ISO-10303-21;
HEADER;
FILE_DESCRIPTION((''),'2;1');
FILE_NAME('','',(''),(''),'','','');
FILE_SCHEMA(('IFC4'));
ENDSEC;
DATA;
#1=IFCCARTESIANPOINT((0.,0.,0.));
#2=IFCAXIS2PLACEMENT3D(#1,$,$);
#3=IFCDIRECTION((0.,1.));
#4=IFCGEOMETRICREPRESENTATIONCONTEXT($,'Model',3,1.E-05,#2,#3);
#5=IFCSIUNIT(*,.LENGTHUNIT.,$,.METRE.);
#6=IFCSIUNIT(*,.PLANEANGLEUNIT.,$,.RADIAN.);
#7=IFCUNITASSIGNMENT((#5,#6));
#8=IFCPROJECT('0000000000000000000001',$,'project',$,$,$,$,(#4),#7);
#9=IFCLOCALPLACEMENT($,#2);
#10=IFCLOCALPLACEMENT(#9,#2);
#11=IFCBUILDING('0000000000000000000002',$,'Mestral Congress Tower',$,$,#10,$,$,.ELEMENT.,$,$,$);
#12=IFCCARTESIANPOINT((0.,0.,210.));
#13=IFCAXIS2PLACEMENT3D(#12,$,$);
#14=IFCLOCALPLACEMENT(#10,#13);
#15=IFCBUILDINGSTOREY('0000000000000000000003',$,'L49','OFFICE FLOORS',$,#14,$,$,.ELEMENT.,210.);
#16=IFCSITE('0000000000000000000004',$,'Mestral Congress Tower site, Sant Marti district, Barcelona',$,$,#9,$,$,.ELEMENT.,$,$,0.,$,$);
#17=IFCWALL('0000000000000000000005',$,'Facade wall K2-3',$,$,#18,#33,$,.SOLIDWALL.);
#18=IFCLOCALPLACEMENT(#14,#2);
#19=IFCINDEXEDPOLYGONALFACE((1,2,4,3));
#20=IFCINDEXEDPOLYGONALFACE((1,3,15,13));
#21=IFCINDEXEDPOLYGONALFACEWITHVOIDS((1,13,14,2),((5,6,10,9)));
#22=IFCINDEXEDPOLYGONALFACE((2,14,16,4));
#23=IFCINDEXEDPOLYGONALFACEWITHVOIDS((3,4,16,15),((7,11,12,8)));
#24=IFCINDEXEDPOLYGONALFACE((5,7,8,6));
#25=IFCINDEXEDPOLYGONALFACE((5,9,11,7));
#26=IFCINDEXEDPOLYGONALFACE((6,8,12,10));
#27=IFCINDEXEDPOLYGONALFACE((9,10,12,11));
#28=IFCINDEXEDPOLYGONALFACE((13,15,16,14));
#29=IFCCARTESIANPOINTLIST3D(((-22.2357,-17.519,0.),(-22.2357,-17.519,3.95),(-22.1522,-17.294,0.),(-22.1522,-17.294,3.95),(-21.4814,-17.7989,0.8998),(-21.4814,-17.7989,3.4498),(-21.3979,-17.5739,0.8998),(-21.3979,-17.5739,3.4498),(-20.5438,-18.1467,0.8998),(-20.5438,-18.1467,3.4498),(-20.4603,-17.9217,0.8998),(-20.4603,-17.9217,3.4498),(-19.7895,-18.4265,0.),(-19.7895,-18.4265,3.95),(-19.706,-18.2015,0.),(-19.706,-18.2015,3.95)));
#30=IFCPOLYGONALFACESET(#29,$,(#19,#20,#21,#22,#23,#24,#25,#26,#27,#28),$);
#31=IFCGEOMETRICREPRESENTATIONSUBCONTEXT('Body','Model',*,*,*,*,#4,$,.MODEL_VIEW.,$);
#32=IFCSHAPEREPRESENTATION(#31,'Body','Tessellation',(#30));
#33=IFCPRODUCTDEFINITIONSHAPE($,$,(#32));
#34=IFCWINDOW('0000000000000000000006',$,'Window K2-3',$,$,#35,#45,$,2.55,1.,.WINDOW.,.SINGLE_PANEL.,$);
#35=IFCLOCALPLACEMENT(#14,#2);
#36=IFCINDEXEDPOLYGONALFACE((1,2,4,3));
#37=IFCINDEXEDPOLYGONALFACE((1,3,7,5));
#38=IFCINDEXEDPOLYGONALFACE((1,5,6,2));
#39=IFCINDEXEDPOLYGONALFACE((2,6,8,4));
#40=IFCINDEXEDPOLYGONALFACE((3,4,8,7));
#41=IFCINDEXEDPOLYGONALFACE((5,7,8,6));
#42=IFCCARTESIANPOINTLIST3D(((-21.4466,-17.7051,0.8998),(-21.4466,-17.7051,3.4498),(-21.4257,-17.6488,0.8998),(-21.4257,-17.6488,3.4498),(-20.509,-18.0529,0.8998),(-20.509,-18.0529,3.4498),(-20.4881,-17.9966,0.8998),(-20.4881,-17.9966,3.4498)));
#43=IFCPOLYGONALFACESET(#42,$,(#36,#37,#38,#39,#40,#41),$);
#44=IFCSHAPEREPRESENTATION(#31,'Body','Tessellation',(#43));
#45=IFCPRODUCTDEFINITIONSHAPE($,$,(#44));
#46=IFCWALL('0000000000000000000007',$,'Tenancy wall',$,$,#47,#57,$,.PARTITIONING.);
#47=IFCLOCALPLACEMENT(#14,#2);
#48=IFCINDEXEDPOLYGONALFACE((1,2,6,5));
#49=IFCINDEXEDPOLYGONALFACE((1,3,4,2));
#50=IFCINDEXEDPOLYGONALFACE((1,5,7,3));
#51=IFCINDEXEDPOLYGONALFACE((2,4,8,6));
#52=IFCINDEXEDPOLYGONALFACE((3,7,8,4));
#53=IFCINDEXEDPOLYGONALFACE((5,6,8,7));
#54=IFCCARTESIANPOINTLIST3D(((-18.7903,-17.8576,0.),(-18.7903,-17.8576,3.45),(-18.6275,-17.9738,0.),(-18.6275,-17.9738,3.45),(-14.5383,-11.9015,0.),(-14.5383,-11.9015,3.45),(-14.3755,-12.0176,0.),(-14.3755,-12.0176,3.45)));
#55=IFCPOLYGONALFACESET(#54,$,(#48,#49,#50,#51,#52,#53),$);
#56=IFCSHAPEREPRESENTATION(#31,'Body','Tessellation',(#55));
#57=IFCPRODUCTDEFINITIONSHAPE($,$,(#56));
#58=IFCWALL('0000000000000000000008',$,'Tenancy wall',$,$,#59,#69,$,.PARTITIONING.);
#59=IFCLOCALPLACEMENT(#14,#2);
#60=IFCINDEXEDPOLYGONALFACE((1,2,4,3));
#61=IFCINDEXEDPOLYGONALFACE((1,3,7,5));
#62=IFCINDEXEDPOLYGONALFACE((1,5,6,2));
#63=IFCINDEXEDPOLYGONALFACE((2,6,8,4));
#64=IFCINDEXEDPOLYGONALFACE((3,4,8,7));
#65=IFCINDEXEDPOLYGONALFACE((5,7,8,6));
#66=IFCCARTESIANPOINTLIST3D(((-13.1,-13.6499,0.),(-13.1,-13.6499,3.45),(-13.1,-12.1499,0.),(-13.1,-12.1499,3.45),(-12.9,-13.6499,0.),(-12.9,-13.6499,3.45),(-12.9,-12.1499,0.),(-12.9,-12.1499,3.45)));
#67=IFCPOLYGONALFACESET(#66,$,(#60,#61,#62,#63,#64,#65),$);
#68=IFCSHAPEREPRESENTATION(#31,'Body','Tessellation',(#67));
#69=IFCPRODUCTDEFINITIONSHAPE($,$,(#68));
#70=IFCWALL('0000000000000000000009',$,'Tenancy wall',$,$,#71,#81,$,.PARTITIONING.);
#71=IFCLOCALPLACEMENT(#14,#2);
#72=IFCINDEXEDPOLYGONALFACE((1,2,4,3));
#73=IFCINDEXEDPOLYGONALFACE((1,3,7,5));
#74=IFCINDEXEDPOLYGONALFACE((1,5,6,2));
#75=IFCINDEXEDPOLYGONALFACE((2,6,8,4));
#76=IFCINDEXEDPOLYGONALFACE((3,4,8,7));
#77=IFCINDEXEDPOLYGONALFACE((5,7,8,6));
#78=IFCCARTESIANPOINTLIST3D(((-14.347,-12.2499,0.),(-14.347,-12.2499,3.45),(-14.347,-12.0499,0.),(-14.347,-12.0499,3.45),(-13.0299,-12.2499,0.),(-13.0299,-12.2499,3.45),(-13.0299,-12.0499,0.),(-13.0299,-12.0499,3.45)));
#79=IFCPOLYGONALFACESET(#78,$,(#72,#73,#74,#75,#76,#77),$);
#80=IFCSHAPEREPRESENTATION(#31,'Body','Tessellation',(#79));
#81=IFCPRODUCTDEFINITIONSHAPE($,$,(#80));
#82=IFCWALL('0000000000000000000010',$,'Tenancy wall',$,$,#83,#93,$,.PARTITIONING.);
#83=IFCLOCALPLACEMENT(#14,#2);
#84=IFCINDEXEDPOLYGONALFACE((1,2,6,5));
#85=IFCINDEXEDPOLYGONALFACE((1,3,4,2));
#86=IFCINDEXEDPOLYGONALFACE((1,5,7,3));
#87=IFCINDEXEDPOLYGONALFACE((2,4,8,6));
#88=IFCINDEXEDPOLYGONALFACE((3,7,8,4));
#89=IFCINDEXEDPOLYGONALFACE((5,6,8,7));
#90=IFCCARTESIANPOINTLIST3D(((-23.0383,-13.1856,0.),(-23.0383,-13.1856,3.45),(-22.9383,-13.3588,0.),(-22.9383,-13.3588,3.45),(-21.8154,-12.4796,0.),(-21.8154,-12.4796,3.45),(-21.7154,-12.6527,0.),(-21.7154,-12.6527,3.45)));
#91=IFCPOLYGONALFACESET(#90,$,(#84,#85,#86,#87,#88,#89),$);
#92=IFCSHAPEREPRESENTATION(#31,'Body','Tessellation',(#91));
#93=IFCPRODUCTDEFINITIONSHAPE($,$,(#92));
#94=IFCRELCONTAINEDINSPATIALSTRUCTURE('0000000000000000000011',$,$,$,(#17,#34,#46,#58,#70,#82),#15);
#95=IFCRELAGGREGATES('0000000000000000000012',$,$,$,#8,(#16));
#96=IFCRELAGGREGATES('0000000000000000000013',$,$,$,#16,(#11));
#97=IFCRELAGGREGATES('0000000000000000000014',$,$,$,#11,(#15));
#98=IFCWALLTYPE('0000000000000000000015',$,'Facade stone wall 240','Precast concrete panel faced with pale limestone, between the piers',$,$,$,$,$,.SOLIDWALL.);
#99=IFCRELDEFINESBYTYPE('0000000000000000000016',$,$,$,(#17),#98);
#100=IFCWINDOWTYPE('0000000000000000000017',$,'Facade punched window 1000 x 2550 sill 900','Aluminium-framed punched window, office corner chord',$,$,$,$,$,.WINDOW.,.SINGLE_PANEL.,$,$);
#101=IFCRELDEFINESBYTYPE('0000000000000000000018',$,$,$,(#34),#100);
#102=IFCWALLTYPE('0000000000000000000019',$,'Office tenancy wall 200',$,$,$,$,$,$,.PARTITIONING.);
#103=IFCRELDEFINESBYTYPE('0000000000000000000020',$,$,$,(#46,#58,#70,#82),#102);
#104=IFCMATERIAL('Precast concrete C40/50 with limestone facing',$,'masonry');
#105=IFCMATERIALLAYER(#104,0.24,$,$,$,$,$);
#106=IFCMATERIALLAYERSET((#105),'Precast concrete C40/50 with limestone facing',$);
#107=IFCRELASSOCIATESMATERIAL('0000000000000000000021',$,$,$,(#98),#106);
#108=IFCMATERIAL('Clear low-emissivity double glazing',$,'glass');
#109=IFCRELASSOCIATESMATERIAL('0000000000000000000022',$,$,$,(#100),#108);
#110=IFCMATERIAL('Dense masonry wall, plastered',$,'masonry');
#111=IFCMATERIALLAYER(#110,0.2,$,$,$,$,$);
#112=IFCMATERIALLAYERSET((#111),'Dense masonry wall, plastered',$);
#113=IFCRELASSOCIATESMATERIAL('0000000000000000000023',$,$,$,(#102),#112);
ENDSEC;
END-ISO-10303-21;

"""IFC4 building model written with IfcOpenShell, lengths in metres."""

from ifc_helpers import new_model, si_unit, direction, frame, frame_2d, origin, place, context, subcontext, project, spatial, rectangle, extrude, material, layer, layer_set, type_object, element, fill, save


model = new_model("IFC4")

# Units and contexts
model_context = context("Model", 3, precision=1e-05, world=origin(), true_north=direction((0.0, 1.0)))
body_context = subcontext(model_context, "Body", "Model", "MODEL_VIEW")
ifc_project = project(units=[si_unit("LENGTHUNIT", "METRE"), si_unit("PLANEANGLEUNIT", "RADIAN")], contexts=[model_context])

# Site, building, storey
site_placement = place(None, origin())
site = spatial("IfcSite", under=ifc_project, at=site_placement, Name="Mestral Congress Tower site, Sant Marti district, Barcelona", CompositionType="ELEMENT", RefElevation=0.0)
building_placement = place(site_placement, origin())
building = spatial("IfcBuilding", under=site, at=building_placement, Name="Mestral Congress Tower", CompositionType="ELEMENT")
storey_placement = place(building_placement, frame((0.0, 0.0, 210.0)))
storey = spatial("IfcBuildingStorey", under=building, at=storey_placement, Name="L49", Description="OFFICE FLOORS", CompositionType="ELEMENT", Elevation=210.0)

# Shared definitions
ifc_material_1 = material(Name="Precast concrete C40/50 with limestone facing", Category="masonry")
ifc_layer_1 = layer(ifc_material_1, 0.24)
ifc_layer_set_1 = layer_set([ifc_layer_1], Name="Precast concrete C40/50 with limestone facing")
wall_type_1 = type_object("IfcWallType", Name="Facade stone wall 240", Description="Precast concrete panel faced with pale limestone, between the piers", PredefinedType="SOLIDWALL", material=ifc_layer_set_1)
ifc_material_2 = material(Name="Clear low-emissivity double glazing", Category="glass")

# Wall, opening, window
window_type_1 = type_object("IfcWindowType", Name="Facade punched window 1000 x 2550 sill 900", Description="Aluminium-framed punched window, office corner chord", PartitioningType="SINGLE_PANEL", PredefinedType="WINDOW", material=ifc_material_2)
wall_1_placement = place(storey_placement, frame((-22.1941, -17.4065, 0.0), z_axis=(0.0, 0.0, 1.0), x_axis=(0.937569, -0.347799, 0.0)))
wall_1 = element("IfcWall", 1, at=wall_1_placement, inside=storey, type_object=wall_type_1, Name="Facade wall K2-3", PredefinedType="SOLIDWALL", context=body_context, shape_type="SweptSolid", body=[
    extrude(rectangle(XDim=2.6091, YDim=0.24, at=frame_2d((1.3047, 0.0))), origin(), (0.0, 0.0, 1.0), 3.95),
])
opening_1_placement = place(wall_1_placement, frame((0.8047, 0.0, 0.8999)))
opening_1 = element("IfcOpeningElement", 2, at=opening_1_placement, cuts=wall_1, PredefinedType="OPENING", context=body_context, shape_type="SweptSolid", body=[
    extrude(rectangle(XDim=1.0, YDim=2.55, at=frame_2d((0.5, 1.2749))), frame((0.0, 0.1299, 0.0), z_axis=(0.0, -1.0, 0.0), x_axis=(1.0, 0.0, 0.0)), (0.0, 0.0, 1.0), 0.26),
])
window_1_placement = place(opening_1_placement, origin())
window_1 = element("IfcWindow", 3, at=window_1_placement, inside=storey, type_object=window_type_1, Name="Window K2-3", OverallHeight=2.55, OverallWidth=1.0, PartitioningType="SINGLE_PANEL", PredefinedType="WINDOW", context=body_context, shape_type="SweptSolid", body=[
    extrude(rectangle(XDim=1.0, YDim=2.55, at=frame_2d((0.5, 1.2749))), frame((0.0, 0.04, 0.0), z_axis=(0.0, -1.0, 0.0), x_axis=(1.0, 0.0, 0.0)), (0.0, 0.0, 1.0), 0.0601),
])
fill(opening_1, window_1)

# Walls
ifc_material_3 = material(Name="Dense masonry wall, plastered", Category="masonry")
ifc_layer_2 = layer(ifc_material_3, 0.2)
ifc_layer_set_2 = layer_set([ifc_layer_2], Name="Dense masonry wall, plastered")
wall_type_2 = type_object("IfcWallType", Name="Office tenancy wall 200", PredefinedType="PARTITIONING", material=ifc_layer_set_2)
wall_2_placement = place(storey_placement, frame((-18.709, -17.9158, 0.0), z_axis=(0.0, 0.0, 1.0), x_axis=(0.581024, 0.813887, 0.0)))
element("IfcWall", 4, at=wall_2_placement, inside=storey, type_object=wall_type_2, Name="Tenancy wall", PredefinedType="PARTITIONING", context=body_context, shape_type="SweptSolid", body=[
    extrude(rectangle(XDim=7.3181, YDim=0.2, at=frame_2d((3.6592, 0.0))), origin(), (0.0, 0.0, 1.0), 3.45),
])
wall_3_placement = place(storey_placement, frame((-13.0, -12.1499, 0.0), z_axis=(0.0, 0.0, 1.0), x_axis=(0.0, -1.0, 0.0)))
element("IfcWall", 5, at=wall_3_placement, inside=storey, type_object=wall_type_2, Name="Tenancy wall", PredefinedType="PARTITIONING", context=body_context, shape_type="SweptSolid", body=[
    extrude(rectangle(XDim=1.5, YDim=0.2, at=frame_2d((0.75, 0.0))), origin(), (0.0, 0.0, 1.0), 3.45),
])
wall_4_placement = place(storey_placement, frame((-14.3472, -12.1499, 0.0), z_axis=(0.0, 0.0, 1.0), x_axis=(1.0, 0.0, 0.0)))
element("IfcWall", 6, at=wall_4_placement, inside=storey, type_object=wall_type_2, Name="Tenancy wall", PredefinedType="PARTITIONING", context=body_context, shape_type="SweptSolid", body=[
    extrude(rectangle(XDim=1.3171, YDim=0.2, at=frame_2d((0.6587, 0.0))), origin(), (0.0, 0.0, 1.0), 3.45),
])
wall_5_placement = place(storey_placement, frame((-21.7654, -12.5662, 0.0), z_axis=(0.0, 0.0, 1.0), x_axis=(-0.866021, -0.500007, 0.0)))
element("IfcWall", 7, at=wall_5_placement, inside=storey, type_object=wall_type_2, Name="Tenancy wall", PredefinedType="PARTITIONING", context=body_context, shape_type="SweptSolid", body=[
    extrude(rectangle(XDim=1.4121, YDim=0.2, at=frame_2d((0.7061, 0.0))), origin(), (0.0, 0.0, 1.0), 3.45),
])

save(model, "model.ifc")
